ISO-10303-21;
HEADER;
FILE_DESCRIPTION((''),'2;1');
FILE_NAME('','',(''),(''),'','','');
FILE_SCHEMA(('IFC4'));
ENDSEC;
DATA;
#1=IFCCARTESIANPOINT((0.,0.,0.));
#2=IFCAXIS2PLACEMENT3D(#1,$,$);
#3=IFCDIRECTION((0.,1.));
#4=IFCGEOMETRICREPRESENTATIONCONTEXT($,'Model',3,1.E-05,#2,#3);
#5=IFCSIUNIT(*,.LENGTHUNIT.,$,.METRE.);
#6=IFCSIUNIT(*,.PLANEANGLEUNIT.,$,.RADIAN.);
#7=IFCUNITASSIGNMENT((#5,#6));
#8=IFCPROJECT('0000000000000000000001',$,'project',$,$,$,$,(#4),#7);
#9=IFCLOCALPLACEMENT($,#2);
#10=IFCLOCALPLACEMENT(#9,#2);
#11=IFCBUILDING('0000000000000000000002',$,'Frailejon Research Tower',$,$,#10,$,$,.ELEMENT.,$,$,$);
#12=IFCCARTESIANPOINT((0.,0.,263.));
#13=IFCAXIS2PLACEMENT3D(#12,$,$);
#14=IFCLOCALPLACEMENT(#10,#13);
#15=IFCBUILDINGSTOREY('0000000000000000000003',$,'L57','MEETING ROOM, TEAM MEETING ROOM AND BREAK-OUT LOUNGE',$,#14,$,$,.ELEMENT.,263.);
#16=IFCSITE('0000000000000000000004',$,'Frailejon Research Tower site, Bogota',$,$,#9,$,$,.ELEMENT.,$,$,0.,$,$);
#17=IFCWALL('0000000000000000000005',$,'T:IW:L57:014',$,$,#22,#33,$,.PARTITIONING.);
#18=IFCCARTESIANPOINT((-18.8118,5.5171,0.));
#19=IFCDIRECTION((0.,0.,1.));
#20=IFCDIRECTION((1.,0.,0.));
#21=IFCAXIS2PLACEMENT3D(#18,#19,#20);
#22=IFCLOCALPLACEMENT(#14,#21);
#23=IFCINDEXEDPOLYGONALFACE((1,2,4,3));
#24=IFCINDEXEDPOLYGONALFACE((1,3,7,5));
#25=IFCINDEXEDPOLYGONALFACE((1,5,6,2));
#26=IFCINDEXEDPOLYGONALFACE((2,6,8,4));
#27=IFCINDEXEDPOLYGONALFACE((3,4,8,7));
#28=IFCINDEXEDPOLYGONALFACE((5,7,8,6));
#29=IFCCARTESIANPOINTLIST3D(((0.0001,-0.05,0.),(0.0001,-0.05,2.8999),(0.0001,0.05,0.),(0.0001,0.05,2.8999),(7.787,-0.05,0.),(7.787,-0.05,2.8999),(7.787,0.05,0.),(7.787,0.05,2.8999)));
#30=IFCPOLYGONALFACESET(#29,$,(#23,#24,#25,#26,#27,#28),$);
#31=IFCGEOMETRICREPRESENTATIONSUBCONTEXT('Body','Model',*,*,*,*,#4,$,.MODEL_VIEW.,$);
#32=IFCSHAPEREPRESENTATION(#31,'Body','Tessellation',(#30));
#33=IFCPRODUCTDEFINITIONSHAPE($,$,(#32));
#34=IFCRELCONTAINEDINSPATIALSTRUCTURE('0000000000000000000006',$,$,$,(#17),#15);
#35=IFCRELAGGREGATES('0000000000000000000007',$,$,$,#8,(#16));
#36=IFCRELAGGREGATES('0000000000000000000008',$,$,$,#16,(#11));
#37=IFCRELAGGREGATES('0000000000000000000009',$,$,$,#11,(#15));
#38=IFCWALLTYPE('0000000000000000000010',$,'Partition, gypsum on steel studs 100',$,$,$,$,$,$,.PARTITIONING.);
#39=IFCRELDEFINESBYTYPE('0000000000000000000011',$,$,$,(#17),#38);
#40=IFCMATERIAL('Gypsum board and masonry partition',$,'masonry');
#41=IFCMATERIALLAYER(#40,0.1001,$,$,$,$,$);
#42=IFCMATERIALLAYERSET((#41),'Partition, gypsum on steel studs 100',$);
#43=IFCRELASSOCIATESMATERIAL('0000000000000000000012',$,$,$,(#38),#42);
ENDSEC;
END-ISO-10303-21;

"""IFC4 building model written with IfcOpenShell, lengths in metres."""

from ifc_helpers import new_model, si_unit, direction, frame, frame_2d, origin, place, context, subcontext, project, spatial, rectangle, extrude, material, layer, layer_set, type_object, element, save


model = new_model("IFC4")

# Units and contexts
model_context = context("Model", 3, precision=1e-05, world=origin(), true_north=direction((0.0, 1.0)))
body_context = subcontext(model_context, "Body", "Model", "MODEL_VIEW")
ifc_project = project(units=[si_unit("LENGTHUNIT", "METRE"), si_unit("PLANEANGLEUNIT", "RADIAN")], contexts=[model_context])

# Site, building, storey
site_placement = place(None, origin())
site = spatial("IfcSite", under=ifc_project, at=site_placement, Name="Frailejon Research Tower site, Bogota", CompositionType="ELEMENT", RefElevation=0.0)
building_placement = place(site_placement, origin())
building = spatial("IfcBuilding", under=site, at=building_placement, Name="Frailejon Research Tower", CompositionType="ELEMENT")
storey_placement = place(building_placement, frame((0.0, 0.0, 263.0)))
storey = spatial("IfcBuildingStorey", under=building, at=storey_placement, Name="L57", Description="MEETING ROOM, TEAM MEETING ROOM AND BREAK-OUT LOUNGE", CompositionType="ELEMENT", Elevation=263.0)

# Wall
ifc_material_1 = material(Name="Gypsum board and masonry partition", Category="masonry")
ifc_layer_1 = layer(ifc_material_1, 0.1001)
ifc_layer_set_1 = layer_set([ifc_layer_1], Name="Partition, gypsum on steel studs 100")
wall_type_1 = type_object("IfcWallType", Name="Partition, gypsum on steel studs 100", PredefinedType="PARTITIONING", material=ifc_layer_set_1)
wall_1_placement = place(storey_placement, frame((-18.8118, 5.5171, 0.0), z_axis=(0.0, 0.0, 1.0), x_axis=(1.0, 0.0, 0.0)))
element("IfcWall", 1, at=wall_1_placement, inside=storey, type_object=wall_type_1, Name="T:IW:L57:014", PredefinedType="PARTITIONING", context=body_context, shape_type="SweptSolid", body=[
    extrude(rectangle(XDim=7.7869, YDim=0.1001, at=frame_2d((3.8936, 0.0))), origin(), (0.0, 0.0, 1.0), 2.8999),
])

save(model, "model.ifc")
